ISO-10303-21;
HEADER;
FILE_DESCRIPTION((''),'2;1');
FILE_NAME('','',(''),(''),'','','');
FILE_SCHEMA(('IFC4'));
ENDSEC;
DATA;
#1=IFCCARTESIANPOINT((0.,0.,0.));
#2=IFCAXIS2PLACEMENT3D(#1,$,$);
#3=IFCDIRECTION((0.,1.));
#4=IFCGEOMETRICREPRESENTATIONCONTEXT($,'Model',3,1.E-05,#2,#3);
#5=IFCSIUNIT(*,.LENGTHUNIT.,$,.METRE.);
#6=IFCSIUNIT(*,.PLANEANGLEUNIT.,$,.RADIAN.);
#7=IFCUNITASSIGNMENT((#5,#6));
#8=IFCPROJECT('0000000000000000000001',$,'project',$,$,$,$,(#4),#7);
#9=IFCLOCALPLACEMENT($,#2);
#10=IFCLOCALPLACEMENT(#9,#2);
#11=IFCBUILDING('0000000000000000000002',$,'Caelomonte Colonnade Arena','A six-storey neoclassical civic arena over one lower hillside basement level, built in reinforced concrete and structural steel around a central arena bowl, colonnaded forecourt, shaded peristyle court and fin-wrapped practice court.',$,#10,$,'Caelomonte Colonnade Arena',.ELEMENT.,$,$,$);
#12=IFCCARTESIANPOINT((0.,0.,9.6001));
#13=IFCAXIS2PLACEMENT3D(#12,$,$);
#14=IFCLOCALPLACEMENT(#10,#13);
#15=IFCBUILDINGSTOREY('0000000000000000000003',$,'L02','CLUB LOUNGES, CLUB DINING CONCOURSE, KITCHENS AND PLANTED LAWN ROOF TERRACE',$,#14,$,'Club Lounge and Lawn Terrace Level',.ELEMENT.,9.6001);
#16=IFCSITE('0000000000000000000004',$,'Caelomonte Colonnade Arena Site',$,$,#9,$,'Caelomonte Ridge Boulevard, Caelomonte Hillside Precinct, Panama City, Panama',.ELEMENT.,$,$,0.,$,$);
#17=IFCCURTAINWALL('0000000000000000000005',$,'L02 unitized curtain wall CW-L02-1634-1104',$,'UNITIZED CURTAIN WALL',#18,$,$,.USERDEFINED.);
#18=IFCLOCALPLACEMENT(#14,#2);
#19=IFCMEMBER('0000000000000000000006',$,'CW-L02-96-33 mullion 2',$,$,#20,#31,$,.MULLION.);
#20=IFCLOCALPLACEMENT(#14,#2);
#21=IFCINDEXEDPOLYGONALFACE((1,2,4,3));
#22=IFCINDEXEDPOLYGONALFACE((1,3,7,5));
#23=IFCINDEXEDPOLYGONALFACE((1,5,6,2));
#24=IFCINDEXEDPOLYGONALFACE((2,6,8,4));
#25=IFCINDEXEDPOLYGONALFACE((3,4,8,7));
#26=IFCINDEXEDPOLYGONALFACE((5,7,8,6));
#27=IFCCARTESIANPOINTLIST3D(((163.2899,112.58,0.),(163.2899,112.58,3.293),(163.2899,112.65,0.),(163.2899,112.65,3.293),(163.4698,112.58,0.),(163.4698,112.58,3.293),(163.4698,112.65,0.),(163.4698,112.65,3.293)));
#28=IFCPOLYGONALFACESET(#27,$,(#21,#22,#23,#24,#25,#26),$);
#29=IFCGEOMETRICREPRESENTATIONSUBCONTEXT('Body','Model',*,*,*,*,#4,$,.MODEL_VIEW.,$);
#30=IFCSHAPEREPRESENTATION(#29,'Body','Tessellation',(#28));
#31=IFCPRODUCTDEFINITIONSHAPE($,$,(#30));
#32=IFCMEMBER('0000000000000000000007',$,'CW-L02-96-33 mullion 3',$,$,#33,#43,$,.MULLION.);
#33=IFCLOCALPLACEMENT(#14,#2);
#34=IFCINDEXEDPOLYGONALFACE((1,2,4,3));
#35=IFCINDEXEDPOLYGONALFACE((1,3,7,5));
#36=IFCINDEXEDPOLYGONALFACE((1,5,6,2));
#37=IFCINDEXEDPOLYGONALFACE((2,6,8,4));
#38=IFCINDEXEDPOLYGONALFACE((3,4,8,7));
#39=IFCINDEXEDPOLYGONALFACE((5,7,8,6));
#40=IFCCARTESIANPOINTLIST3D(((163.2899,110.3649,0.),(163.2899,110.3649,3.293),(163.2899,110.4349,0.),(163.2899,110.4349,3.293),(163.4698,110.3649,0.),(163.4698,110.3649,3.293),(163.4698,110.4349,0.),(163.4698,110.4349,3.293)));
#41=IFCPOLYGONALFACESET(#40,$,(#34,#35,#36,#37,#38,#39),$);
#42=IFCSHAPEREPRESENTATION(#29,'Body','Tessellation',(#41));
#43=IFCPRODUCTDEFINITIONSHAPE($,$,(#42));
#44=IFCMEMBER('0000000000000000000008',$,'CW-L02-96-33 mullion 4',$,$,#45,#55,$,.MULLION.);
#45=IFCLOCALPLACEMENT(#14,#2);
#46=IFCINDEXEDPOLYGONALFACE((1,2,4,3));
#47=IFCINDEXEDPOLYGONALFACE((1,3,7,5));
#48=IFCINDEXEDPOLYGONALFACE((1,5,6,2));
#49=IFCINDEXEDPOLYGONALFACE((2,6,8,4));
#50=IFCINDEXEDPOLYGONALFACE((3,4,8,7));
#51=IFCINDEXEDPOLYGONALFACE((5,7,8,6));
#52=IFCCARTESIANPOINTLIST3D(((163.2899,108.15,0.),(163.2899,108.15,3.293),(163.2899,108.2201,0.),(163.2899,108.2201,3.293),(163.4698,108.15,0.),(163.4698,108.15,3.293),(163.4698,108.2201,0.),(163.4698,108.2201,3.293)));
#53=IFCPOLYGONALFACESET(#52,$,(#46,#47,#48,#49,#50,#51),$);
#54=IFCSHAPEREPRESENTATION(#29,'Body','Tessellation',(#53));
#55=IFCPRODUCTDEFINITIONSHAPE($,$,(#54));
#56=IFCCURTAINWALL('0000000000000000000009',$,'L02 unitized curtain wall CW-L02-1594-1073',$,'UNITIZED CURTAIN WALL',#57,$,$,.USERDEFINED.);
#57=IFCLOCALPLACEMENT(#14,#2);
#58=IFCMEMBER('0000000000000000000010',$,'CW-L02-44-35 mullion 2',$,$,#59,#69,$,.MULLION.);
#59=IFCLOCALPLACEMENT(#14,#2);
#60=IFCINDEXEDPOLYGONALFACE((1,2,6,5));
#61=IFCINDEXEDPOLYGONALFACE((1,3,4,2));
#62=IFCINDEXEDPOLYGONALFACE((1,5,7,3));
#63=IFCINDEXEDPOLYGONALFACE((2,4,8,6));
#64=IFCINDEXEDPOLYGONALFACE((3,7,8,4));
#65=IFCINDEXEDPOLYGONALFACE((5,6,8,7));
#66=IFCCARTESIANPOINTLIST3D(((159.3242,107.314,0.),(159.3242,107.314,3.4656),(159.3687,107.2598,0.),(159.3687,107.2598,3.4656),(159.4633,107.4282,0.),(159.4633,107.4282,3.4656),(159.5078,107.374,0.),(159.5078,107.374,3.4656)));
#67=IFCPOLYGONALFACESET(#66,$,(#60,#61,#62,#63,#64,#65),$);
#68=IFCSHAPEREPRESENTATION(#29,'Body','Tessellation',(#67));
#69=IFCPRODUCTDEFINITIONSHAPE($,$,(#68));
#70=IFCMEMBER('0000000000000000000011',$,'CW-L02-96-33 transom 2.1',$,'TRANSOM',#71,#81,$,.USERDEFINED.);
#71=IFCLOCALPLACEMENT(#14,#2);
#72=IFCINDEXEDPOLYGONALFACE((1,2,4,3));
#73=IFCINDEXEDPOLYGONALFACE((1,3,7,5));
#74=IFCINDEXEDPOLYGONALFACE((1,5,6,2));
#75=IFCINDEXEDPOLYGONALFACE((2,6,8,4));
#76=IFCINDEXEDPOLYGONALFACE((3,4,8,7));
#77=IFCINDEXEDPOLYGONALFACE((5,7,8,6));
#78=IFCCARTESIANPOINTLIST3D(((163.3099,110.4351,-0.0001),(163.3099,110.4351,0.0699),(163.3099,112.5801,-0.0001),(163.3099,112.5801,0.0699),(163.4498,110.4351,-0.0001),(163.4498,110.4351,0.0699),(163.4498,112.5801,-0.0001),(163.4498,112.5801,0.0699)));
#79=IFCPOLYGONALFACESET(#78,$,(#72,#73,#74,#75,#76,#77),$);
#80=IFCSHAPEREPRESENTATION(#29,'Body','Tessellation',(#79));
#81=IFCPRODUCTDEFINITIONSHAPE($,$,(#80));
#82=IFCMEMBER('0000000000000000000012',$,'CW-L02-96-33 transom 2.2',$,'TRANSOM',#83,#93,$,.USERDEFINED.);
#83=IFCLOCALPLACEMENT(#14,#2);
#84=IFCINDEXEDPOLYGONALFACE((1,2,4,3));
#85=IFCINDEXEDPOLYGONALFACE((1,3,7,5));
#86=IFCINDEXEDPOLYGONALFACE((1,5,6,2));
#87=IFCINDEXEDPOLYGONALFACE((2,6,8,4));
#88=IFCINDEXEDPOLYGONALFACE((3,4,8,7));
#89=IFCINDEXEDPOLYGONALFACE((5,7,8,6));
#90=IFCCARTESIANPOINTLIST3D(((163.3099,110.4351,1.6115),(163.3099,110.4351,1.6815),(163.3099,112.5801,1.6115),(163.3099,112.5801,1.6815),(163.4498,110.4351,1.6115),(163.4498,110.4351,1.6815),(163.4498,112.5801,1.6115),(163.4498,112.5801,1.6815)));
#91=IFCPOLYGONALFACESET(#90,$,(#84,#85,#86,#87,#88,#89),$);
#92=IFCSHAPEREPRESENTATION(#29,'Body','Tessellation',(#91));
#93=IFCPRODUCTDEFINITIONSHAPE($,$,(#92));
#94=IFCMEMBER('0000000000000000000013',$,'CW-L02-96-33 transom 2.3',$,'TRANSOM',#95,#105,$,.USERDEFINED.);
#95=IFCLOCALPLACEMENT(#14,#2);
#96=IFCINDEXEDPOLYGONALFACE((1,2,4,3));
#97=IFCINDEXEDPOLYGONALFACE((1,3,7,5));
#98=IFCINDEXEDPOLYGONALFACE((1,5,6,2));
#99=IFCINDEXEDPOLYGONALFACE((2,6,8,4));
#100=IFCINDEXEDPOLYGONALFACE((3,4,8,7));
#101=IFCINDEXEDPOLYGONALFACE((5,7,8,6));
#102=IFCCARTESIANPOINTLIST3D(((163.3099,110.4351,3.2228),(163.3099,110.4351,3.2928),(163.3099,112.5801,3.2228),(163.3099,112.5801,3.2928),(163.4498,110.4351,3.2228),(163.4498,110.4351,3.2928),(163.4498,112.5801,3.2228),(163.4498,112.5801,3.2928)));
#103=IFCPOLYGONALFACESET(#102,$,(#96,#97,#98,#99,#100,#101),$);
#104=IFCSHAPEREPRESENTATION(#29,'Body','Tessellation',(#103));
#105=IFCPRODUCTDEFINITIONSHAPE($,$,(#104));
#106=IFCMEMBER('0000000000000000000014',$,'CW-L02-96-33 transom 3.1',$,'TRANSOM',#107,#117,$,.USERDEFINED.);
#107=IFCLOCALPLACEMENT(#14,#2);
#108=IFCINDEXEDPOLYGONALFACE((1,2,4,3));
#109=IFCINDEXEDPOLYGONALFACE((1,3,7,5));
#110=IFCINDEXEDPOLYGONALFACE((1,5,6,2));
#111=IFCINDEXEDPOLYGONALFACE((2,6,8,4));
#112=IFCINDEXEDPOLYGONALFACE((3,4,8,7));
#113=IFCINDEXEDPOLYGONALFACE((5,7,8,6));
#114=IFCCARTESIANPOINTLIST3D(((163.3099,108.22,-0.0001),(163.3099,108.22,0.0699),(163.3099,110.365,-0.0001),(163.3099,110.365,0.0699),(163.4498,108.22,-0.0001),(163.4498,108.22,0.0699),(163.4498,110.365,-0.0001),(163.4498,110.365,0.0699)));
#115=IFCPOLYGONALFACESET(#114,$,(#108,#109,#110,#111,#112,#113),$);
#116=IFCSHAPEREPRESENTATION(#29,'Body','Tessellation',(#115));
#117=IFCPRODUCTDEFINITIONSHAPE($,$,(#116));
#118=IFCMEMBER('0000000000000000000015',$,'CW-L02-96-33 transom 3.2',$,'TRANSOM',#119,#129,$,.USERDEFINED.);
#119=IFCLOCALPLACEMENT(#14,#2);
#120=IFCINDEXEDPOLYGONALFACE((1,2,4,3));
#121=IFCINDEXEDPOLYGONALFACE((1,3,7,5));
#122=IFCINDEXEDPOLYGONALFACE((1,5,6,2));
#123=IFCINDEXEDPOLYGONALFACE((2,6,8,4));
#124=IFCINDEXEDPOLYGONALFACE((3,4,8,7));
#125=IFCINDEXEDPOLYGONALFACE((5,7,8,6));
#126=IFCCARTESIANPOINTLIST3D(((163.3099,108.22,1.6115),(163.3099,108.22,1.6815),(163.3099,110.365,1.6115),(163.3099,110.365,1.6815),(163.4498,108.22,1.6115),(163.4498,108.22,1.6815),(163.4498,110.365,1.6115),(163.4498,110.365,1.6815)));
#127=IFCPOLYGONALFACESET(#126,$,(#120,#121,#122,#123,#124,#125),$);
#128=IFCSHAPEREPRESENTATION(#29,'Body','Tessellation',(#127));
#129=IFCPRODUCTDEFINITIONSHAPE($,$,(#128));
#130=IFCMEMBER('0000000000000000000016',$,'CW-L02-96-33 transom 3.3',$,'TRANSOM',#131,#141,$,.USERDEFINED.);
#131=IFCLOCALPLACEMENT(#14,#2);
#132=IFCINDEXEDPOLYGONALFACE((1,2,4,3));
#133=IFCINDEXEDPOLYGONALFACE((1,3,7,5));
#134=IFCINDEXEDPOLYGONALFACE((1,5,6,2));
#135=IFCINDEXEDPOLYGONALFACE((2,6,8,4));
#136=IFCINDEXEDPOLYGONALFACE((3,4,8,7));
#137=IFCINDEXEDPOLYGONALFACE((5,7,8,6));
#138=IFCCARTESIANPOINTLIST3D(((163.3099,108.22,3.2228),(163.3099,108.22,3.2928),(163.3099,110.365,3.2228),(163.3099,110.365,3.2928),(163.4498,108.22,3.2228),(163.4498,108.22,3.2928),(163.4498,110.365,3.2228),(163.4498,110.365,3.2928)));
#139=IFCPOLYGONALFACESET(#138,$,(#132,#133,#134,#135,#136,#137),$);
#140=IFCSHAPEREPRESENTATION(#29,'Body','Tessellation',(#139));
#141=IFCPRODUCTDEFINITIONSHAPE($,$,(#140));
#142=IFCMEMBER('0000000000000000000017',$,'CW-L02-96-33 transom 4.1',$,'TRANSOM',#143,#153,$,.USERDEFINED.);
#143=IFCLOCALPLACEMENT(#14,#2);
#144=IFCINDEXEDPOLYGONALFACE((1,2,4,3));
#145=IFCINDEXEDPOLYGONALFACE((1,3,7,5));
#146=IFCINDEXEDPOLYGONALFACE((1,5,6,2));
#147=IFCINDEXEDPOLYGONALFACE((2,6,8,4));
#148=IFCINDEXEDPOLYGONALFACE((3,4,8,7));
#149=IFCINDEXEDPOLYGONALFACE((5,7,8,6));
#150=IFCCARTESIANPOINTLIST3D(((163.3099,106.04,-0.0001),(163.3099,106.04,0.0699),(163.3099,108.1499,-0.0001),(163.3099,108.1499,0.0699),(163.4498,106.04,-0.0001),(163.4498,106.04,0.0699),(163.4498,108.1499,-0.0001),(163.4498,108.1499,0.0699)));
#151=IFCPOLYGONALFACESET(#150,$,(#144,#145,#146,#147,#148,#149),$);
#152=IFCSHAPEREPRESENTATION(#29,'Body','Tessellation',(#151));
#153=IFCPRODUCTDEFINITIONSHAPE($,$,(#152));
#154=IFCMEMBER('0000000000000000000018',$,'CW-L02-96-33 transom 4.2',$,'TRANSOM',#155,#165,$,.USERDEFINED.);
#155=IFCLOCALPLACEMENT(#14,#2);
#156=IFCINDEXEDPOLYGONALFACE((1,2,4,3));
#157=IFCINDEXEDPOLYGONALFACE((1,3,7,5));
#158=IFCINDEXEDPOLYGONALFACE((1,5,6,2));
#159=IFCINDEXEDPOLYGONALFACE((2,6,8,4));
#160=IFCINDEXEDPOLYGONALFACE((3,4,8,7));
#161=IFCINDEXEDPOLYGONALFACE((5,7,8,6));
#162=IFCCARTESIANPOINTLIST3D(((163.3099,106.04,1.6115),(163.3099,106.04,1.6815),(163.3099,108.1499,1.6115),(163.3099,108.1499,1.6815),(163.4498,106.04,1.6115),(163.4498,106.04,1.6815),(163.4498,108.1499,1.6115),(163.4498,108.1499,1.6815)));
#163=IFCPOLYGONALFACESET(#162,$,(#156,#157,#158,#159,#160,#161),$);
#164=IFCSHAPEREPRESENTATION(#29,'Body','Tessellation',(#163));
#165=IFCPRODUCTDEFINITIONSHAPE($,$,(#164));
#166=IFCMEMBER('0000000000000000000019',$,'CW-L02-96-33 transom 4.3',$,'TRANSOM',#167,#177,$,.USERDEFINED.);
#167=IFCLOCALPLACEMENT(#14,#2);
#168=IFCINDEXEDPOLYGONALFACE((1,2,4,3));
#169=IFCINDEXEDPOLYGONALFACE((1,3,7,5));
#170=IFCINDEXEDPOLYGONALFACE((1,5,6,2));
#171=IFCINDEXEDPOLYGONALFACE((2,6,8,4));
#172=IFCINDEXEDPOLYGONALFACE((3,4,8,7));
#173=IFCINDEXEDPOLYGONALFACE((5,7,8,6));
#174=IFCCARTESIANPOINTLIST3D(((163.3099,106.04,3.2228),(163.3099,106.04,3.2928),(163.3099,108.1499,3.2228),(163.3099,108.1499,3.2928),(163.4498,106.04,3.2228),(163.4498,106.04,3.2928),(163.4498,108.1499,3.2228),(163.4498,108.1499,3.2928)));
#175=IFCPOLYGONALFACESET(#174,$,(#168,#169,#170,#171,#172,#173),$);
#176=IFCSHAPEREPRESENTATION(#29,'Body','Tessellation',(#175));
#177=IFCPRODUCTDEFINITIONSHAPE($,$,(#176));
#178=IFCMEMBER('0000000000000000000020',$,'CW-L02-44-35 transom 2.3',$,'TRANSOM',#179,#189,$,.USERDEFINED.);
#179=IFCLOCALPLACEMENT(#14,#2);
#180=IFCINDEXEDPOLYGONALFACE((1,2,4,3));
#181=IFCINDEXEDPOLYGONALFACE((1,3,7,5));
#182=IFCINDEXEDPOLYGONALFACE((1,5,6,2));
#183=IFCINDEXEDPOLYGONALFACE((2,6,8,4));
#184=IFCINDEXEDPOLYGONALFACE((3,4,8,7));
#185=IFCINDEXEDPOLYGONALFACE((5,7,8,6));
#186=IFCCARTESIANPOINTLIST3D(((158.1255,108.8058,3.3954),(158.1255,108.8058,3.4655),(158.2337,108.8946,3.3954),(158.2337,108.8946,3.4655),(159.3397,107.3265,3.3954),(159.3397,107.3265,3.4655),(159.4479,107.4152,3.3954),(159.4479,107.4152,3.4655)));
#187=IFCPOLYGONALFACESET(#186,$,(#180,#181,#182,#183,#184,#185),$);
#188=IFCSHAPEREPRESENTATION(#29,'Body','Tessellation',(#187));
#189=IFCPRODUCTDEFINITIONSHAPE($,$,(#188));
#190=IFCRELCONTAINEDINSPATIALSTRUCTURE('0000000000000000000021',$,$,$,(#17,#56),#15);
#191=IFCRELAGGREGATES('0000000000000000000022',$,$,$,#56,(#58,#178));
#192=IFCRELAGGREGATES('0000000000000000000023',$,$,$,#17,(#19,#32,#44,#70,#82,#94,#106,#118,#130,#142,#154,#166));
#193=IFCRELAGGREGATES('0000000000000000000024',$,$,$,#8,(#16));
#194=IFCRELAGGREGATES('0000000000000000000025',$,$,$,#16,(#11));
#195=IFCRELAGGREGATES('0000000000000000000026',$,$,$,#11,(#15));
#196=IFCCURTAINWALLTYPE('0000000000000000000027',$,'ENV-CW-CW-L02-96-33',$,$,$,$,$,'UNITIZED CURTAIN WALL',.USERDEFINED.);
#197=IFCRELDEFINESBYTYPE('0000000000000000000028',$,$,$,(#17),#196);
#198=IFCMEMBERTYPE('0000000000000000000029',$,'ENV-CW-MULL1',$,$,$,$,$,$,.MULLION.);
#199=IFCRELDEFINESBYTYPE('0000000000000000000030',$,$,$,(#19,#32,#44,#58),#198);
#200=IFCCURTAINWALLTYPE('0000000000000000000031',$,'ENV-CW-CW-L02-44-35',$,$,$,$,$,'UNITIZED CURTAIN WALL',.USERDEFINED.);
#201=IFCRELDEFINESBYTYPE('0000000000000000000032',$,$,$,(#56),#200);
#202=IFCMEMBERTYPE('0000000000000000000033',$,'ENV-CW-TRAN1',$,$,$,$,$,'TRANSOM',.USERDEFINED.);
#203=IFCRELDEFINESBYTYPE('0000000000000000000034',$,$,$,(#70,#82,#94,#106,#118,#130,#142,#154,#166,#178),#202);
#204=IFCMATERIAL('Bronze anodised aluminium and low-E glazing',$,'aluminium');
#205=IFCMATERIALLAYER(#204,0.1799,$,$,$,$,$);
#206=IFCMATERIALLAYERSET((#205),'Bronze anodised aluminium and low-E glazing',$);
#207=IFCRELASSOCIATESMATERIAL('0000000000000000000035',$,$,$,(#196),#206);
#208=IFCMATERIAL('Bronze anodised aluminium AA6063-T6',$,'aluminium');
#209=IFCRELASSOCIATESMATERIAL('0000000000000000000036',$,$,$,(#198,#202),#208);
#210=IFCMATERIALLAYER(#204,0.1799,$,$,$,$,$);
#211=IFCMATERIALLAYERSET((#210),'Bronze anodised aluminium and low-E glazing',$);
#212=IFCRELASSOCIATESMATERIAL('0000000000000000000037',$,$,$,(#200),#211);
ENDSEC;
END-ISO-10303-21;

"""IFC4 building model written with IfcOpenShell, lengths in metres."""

from ifc_helpers import new_model, si_unit, direction, frame, origin, origin_2d, place, context, subcontext, project, spatial, rectangle, extrude, material, layer, layer_set, material_profile, profile_set, type_object, element, aggregate, save


model = new_model("IFC4")

# Units and contexts
model_context = context("Model", 3, precision=1e-05, world=origin(), true_north=direction((0.0, 1.0)))
body_context = subcontext(model_context, "Body", "Model", "MODEL_VIEW")
ifc_project = project(units=[si_unit("LENGTHUNIT", "METRE"), si_unit("PLANEANGLEUNIT", "RADIAN")], contexts=[model_context])

# Site, building, storey
site_placement = place(None, origin())
site = spatial("IfcSite", under=ifc_project, at=site_placement, Name="Caelomonte Colonnade Arena Site", LongName="Caelomonte Ridge Boulevard, Caelomonte Hillside Precinct, Panama City, Panama", CompositionType="ELEMENT", RefElevation=0.0)
building_placement = place(site_placement, origin())
building = spatial("IfcBuilding", under=site, at=building_placement, Name="Caelomonte Colonnade Arena", Description="A six-storey neoclassical civic arena over one lower hillside basement level, built in reinforced concrete and structural steel around a central arena bowl, colonnaded forecourt, shaded peristyle court and fin-wrapped practice court.", LongName="Caelomonte Colonnade Arena", CompositionType="ELEMENT")
storey_placement = place(building_placement, frame((0.0, 0.0, 9.6001)))
storey = spatial("IfcBuildingStorey", under=building, at=storey_placement, Name="L02", Description="CLUB LOUNGES, CLUB DINING CONCOURSE, KITCHENS AND PLANTED LAWN ROOF TERRACE", LongName="Club Lounge and Lawn Terrace Level", CompositionType="ELEMENT", Elevation=9.6001)

# Curtain wall, members
ifc_material_1 = material(Name="Bronze anodised aluminium and low-E glazing", Category="aluminium")
ifc_layer_1 = layer(ifc_material_1, 0.1799)
ifc_layer_set_1 = layer_set([ifc_layer_1], Name="Bronze anodised aluminium and low-E glazing")
curtain_wall_type_1 = type_object("IfcCurtainWallType", Name="ENV-CW-CW-L02-96-33", ElementType="UNITIZED CURTAIN WALL", PredefinedType="USERDEFINED", material=ifc_layer_set_1)
curtain_wall_1_placement = place(storey_placement, origin())
curtain_wall_1 = element("IfcCurtainWall", 1, at=curtain_wall_1_placement, inside=storey, type_object=curtain_wall_type_1, Name="L02 unitized curtain wall CW-L02-1634-1104", ObjectType="UNITIZED CURTAIN WALL", PredefinedType="USERDEFINED")
ifc_material_2 = material(Name="Bronze anodised aluminium AA6063-T6", Category="aluminium")
ifc_material_profile_1 = material_profile(ifc_material_2, rectangle(XDim=0.0701, YDim=0.1799, at=origin_2d()), Name="CWM-70X180")
ifc_profile_set_1 = profile_set([ifc_material_profile_1], Name="Bronze anodised aluminium AA6063-T6")
member_type_1 = type_object("IfcMemberType", Name="ENV-CW-MULL1", PredefinedType="MULLION", material=ifc_profile_set_1)
member_1_placement = place(storey_placement, frame((163.3799, 112.615, 0.0), z_axis=(0.0, 0.0, 1.0), x_axis=(0.0, -1.0, 0.0)))
member_1 = element("IfcMember", 2, at=member_1_placement, type_object=member_type_1, Name="CW-L02-96-33 mullion 2", PredefinedType="MULLION", context=body_context, shape_type="SweptSolid", body=[
    extrude(rectangle(XDim=0.0701, YDim=0.1799, at=origin_2d()), origin(), (0.0, 0.0, 1.0), 3.293),
])
member_2_placement = place(storey_placement, frame((163.3799, 110.3999, 0.0), z_axis=(0.0, 0.0, 1.0), x_axis=(0.0, -1.0, 0.0)))
member_2 = element("IfcMember", 3, at=member_2_placement, type_object=member_type_1, Name="CW-L02-96-33 mullion 3", PredefinedType="MULLION", context=body_context, shape_type="SweptSolid", body=[
    extrude(rectangle(XDim=0.0701, YDim=0.1799, at=origin_2d()), origin(), (0.0, 0.0, 1.0), 3.293),
])
member_3_placement = place(storey_placement, frame((163.3799, 108.1851, 0.0), z_axis=(0.0, 0.0, 1.0), x_axis=(0.0, -1.0, 0.0)))
member_3 = element("IfcMember", 4, at=member_3_placement, type_object=member_type_1, Name="CW-L02-96-33 mullion 4", PredefinedType="MULLION", context=body_context, shape_type="SweptSolid", body=[
    extrude(rectangle(XDim=0.0701, YDim=0.1799, at=origin_2d()), origin(), (0.0, 0.0, 1.0), 3.293),
])

# Curtain wall, member
ifc_layer_2 = layer(ifc_material_1, 0.1799)
ifc_layer_set_2 = layer_set([ifc_layer_2], Name="Bronze anodised aluminium and low-E glazing")
curtain_wall_type_2 = type_object("IfcCurtainWallType", Name="ENV-CW-CW-L02-44-35", ElementType="UNITIZED CURTAIN WALL", PredefinedType="USERDEFINED", material=ifc_layer_set_2)
curtain_wall_2_placement = place(storey_placement, origin())
curtain_wall_2 = element("IfcCurtainWall", 5, at=curtain_wall_2_placement, inside=storey, type_object=curtain_wall_type_2, Name="L02 unitized curtain wall CW-L02-1594-1073", ObjectType="UNITIZED CURTAIN WALL", PredefinedType="USERDEFINED")
member_4_placement = place(storey_placement, frame((159.416, 107.344, 0.0), z_axis=(0.0, 0.0, 1.0), x_axis=(-0.634416, 0.772992, 0.0)))
member_4 = element("IfcMember", 6, at=member_4_placement, type_object=member_type_1, Name="CW-L02-44-35 mullion 2", PredefinedType="MULLION", context=body_context, shape_type="SweptSolid", body=[
    extrude(rectangle(XDim=0.0701, YDim=0.1799, at=origin_2d()), origin(), (0.0, 0.0, 1.0), 3.4656),
])

# Members
ifc_material_profile_2 = material_profile(ifc_material_2, rectangle(XDim=0.0701, YDim=0.1399, at=origin_2d()), Name="CWT-70X140")
ifc_profile_set_2 = profile_set([ifc_material_profile_2], Name="Bronze anodised aluminium AA6063-T6")
member_type_2 = type_object("IfcMemberType", Name="ENV-CW-TRAN1", ElementType="TRANSOM", PredefinedType="USERDEFINED", material=ifc_profile_set_2)
member_5_placement = place(storey_placement, frame((163.3799, 112.5801, 0.0349), z_axis=(0.0, -1.0, 0.0), x_axis=(0.0, 0.0, 1.0)))
member_5 = element("IfcMember", 7, at=member_5_placement, type_object=member_type_2, Name="CW-L02-96-33 transom 2.1", ObjectType="TRANSOM", PredefinedType="USERDEFINED", context=body_context, shape_type="SweptSolid", body=[
    extrude(rectangle(XDim=0.0701, YDim=0.1399, at=origin_2d()), origin(), (0.0, 0.0, 1.0), 2.145),
])
member_6_placement = place(storey_placement, frame((163.3799, 112.5801, 1.6465), z_axis=(0.0, -1.0, 0.0), x_axis=(0.0, 0.0, 1.0)))
member_6 = element("IfcMember", 8, at=member_6_placement, type_object=member_type_2, Name="CW-L02-96-33 transom 2.2", ObjectType="TRANSOM", PredefinedType="USERDEFINED", context=body_context, shape_type="SweptSolid", body=[
    extrude(rectangle(XDim=0.0701, YDim=0.1399, at=origin_2d()), origin(), (0.0, 0.0, 1.0), 2.145),
])
member_7_placement = place(storey_placement, frame((163.3799, 112.5801, 3.2578), z_axis=(0.0, -1.0, 0.0), x_axis=(0.0, 0.0, 1.0)))
member_7 = element("IfcMember", 9, at=member_7_placement, type_object=member_type_2, Name="CW-L02-96-33 transom 2.3", ObjectType="TRANSOM", PredefinedType="USERDEFINED", context=body_context, shape_type="SweptSolid", body=[
    extrude(rectangle(XDim=0.0701, YDim=0.1399, at=origin_2d()), origin(), (0.0, 0.0, 1.0), 2.145),
])
member_8_placement = place(storey_placement, frame((163.3799, 110.365, 0.0349), z_axis=(0.0, -1.0, 0.0), x_axis=(0.0, 0.0, 1.0)))
member_8 = element("IfcMember", 10, at=member_8_placement, type_object=member_type_2, Name="CW-L02-96-33 transom 3.1", ObjectType="TRANSOM", PredefinedType="USERDEFINED", context=body_context, shape_type="SweptSolid", body=[
    extrude(rectangle(XDim=0.0701, YDim=0.1399, at=origin_2d()), origin(), (0.0, 0.0, 1.0), 2.145),
])
member_9_placement = place(storey_placement, frame((163.3799, 110.365, 1.6465), z_axis=(0.0, -1.0, 0.0), x_axis=(0.0, 0.0, 1.0)))
member_9 = element("IfcMember", 11, at=member_9_placement, type_object=member_type_2, Name="CW-L02-96-33 transom 3.2", ObjectType="TRANSOM", PredefinedType="USERDEFINED", context=body_context, shape_type="SweptSolid", body=[
    extrude(rectangle(XDim=0.0701, YDim=0.1399, at=origin_2d()), origin(), (0.0, 0.0, 1.0), 2.145),
])
member_10_placement = place(storey_placement, frame((163.3799, 110.365, 3.2578), z_axis=(0.0, -1.0, 0.0), x_axis=(0.0, 0.0, 1.0)))
member_10 = element("IfcMember", 12, at=member_10_placement, type_object=member_type_2, Name="CW-L02-96-33 transom 3.3", ObjectType="TRANSOM", PredefinedType="USERDEFINED", context=body_context, shape_type="SweptSolid", body=[
    extrude(rectangle(XDim=0.0701, YDim=0.1399, at=origin_2d()), origin(), (0.0, 0.0, 1.0), 2.145),
])
member_11_placement = place(storey_placement, frame((163.3799, 108.1499, 0.0349), z_axis=(0.0, -1.0, 0.0), x_axis=(0.0, 0.0, 1.0)))
member_11 = element("IfcMember", 13, at=member_11_placement, type_object=member_type_2, Name="CW-L02-96-33 transom 4.1", ObjectType="TRANSOM", PredefinedType="USERDEFINED", context=body_context, shape_type="SweptSolid", body=[
    extrude(rectangle(XDim=0.0701, YDim=0.1399, at=origin_2d()), origin(), (0.0, 0.0, 1.0), 2.1099),
])
member_12_placement = place(storey_placement, frame((163.3799, 108.1499, 1.6465), z_axis=(0.0, -1.0, 0.0), x_axis=(0.0, 0.0, 1.0)))
member_12 = element("IfcMember", 14, at=member_12_placement, type_object=member_type_2, Name="CW-L02-96-33 transom 4.2", ObjectType="TRANSOM", PredefinedType="USERDEFINED", context=body_context, shape_type="SweptSolid", body=[
    extrude(rectangle(XDim=0.0701, YDim=0.1399, at=origin_2d()), origin(), (0.0, 0.0, 1.0), 2.1099),
])
member_13_placement = place(storey_placement, frame((163.3799, 108.1499, 3.2578), z_axis=(0.0, -1.0, 0.0), x_axis=(0.0, 0.0, 1.0)))
member_13 = element("IfcMember", 15, at=member_13_placement, type_object=member_type_2, Name="CW-L02-96-33 transom 4.3", ObjectType="TRANSOM", PredefinedType="USERDEFINED", context=body_context, shape_type="SweptSolid", body=[
    extrude(rectangle(XDim=0.0701, YDim=0.1399, at=origin_2d()), origin(), (0.0, 0.0, 1.0), 2.1099),
])
member_14_placement = place(storey_placement, frame((159.3938, 107.3708, 3.4304), z_axis=(-0.634432, 0.772979, 0.0), x_axis=(0.0, 0.0, 1.0)))
member_14 = element("IfcMember", 16, at=member_14_placement, type_object=member_type_2, Name="CW-L02-44-35 transom 2.3", ObjectType="TRANSOM", PredefinedType="USERDEFINED", context=body_context, shape_type="SweptSolid", body=[
    extrude(rectangle(XDim=0.0701, YDim=0.1399, at=origin_2d()), origin(), (0.0, 0.0, 1.0), 1.9138),
])
aggregate(curtain_wall_2, [member_4, member_14])

aggregate(curtain_wall_1, [member_1, member_2, member_3, member_5, member_6, member_7, member_8, member_9, member_10, member_11, member_12, member_13])

save(model, "model.ifc")
